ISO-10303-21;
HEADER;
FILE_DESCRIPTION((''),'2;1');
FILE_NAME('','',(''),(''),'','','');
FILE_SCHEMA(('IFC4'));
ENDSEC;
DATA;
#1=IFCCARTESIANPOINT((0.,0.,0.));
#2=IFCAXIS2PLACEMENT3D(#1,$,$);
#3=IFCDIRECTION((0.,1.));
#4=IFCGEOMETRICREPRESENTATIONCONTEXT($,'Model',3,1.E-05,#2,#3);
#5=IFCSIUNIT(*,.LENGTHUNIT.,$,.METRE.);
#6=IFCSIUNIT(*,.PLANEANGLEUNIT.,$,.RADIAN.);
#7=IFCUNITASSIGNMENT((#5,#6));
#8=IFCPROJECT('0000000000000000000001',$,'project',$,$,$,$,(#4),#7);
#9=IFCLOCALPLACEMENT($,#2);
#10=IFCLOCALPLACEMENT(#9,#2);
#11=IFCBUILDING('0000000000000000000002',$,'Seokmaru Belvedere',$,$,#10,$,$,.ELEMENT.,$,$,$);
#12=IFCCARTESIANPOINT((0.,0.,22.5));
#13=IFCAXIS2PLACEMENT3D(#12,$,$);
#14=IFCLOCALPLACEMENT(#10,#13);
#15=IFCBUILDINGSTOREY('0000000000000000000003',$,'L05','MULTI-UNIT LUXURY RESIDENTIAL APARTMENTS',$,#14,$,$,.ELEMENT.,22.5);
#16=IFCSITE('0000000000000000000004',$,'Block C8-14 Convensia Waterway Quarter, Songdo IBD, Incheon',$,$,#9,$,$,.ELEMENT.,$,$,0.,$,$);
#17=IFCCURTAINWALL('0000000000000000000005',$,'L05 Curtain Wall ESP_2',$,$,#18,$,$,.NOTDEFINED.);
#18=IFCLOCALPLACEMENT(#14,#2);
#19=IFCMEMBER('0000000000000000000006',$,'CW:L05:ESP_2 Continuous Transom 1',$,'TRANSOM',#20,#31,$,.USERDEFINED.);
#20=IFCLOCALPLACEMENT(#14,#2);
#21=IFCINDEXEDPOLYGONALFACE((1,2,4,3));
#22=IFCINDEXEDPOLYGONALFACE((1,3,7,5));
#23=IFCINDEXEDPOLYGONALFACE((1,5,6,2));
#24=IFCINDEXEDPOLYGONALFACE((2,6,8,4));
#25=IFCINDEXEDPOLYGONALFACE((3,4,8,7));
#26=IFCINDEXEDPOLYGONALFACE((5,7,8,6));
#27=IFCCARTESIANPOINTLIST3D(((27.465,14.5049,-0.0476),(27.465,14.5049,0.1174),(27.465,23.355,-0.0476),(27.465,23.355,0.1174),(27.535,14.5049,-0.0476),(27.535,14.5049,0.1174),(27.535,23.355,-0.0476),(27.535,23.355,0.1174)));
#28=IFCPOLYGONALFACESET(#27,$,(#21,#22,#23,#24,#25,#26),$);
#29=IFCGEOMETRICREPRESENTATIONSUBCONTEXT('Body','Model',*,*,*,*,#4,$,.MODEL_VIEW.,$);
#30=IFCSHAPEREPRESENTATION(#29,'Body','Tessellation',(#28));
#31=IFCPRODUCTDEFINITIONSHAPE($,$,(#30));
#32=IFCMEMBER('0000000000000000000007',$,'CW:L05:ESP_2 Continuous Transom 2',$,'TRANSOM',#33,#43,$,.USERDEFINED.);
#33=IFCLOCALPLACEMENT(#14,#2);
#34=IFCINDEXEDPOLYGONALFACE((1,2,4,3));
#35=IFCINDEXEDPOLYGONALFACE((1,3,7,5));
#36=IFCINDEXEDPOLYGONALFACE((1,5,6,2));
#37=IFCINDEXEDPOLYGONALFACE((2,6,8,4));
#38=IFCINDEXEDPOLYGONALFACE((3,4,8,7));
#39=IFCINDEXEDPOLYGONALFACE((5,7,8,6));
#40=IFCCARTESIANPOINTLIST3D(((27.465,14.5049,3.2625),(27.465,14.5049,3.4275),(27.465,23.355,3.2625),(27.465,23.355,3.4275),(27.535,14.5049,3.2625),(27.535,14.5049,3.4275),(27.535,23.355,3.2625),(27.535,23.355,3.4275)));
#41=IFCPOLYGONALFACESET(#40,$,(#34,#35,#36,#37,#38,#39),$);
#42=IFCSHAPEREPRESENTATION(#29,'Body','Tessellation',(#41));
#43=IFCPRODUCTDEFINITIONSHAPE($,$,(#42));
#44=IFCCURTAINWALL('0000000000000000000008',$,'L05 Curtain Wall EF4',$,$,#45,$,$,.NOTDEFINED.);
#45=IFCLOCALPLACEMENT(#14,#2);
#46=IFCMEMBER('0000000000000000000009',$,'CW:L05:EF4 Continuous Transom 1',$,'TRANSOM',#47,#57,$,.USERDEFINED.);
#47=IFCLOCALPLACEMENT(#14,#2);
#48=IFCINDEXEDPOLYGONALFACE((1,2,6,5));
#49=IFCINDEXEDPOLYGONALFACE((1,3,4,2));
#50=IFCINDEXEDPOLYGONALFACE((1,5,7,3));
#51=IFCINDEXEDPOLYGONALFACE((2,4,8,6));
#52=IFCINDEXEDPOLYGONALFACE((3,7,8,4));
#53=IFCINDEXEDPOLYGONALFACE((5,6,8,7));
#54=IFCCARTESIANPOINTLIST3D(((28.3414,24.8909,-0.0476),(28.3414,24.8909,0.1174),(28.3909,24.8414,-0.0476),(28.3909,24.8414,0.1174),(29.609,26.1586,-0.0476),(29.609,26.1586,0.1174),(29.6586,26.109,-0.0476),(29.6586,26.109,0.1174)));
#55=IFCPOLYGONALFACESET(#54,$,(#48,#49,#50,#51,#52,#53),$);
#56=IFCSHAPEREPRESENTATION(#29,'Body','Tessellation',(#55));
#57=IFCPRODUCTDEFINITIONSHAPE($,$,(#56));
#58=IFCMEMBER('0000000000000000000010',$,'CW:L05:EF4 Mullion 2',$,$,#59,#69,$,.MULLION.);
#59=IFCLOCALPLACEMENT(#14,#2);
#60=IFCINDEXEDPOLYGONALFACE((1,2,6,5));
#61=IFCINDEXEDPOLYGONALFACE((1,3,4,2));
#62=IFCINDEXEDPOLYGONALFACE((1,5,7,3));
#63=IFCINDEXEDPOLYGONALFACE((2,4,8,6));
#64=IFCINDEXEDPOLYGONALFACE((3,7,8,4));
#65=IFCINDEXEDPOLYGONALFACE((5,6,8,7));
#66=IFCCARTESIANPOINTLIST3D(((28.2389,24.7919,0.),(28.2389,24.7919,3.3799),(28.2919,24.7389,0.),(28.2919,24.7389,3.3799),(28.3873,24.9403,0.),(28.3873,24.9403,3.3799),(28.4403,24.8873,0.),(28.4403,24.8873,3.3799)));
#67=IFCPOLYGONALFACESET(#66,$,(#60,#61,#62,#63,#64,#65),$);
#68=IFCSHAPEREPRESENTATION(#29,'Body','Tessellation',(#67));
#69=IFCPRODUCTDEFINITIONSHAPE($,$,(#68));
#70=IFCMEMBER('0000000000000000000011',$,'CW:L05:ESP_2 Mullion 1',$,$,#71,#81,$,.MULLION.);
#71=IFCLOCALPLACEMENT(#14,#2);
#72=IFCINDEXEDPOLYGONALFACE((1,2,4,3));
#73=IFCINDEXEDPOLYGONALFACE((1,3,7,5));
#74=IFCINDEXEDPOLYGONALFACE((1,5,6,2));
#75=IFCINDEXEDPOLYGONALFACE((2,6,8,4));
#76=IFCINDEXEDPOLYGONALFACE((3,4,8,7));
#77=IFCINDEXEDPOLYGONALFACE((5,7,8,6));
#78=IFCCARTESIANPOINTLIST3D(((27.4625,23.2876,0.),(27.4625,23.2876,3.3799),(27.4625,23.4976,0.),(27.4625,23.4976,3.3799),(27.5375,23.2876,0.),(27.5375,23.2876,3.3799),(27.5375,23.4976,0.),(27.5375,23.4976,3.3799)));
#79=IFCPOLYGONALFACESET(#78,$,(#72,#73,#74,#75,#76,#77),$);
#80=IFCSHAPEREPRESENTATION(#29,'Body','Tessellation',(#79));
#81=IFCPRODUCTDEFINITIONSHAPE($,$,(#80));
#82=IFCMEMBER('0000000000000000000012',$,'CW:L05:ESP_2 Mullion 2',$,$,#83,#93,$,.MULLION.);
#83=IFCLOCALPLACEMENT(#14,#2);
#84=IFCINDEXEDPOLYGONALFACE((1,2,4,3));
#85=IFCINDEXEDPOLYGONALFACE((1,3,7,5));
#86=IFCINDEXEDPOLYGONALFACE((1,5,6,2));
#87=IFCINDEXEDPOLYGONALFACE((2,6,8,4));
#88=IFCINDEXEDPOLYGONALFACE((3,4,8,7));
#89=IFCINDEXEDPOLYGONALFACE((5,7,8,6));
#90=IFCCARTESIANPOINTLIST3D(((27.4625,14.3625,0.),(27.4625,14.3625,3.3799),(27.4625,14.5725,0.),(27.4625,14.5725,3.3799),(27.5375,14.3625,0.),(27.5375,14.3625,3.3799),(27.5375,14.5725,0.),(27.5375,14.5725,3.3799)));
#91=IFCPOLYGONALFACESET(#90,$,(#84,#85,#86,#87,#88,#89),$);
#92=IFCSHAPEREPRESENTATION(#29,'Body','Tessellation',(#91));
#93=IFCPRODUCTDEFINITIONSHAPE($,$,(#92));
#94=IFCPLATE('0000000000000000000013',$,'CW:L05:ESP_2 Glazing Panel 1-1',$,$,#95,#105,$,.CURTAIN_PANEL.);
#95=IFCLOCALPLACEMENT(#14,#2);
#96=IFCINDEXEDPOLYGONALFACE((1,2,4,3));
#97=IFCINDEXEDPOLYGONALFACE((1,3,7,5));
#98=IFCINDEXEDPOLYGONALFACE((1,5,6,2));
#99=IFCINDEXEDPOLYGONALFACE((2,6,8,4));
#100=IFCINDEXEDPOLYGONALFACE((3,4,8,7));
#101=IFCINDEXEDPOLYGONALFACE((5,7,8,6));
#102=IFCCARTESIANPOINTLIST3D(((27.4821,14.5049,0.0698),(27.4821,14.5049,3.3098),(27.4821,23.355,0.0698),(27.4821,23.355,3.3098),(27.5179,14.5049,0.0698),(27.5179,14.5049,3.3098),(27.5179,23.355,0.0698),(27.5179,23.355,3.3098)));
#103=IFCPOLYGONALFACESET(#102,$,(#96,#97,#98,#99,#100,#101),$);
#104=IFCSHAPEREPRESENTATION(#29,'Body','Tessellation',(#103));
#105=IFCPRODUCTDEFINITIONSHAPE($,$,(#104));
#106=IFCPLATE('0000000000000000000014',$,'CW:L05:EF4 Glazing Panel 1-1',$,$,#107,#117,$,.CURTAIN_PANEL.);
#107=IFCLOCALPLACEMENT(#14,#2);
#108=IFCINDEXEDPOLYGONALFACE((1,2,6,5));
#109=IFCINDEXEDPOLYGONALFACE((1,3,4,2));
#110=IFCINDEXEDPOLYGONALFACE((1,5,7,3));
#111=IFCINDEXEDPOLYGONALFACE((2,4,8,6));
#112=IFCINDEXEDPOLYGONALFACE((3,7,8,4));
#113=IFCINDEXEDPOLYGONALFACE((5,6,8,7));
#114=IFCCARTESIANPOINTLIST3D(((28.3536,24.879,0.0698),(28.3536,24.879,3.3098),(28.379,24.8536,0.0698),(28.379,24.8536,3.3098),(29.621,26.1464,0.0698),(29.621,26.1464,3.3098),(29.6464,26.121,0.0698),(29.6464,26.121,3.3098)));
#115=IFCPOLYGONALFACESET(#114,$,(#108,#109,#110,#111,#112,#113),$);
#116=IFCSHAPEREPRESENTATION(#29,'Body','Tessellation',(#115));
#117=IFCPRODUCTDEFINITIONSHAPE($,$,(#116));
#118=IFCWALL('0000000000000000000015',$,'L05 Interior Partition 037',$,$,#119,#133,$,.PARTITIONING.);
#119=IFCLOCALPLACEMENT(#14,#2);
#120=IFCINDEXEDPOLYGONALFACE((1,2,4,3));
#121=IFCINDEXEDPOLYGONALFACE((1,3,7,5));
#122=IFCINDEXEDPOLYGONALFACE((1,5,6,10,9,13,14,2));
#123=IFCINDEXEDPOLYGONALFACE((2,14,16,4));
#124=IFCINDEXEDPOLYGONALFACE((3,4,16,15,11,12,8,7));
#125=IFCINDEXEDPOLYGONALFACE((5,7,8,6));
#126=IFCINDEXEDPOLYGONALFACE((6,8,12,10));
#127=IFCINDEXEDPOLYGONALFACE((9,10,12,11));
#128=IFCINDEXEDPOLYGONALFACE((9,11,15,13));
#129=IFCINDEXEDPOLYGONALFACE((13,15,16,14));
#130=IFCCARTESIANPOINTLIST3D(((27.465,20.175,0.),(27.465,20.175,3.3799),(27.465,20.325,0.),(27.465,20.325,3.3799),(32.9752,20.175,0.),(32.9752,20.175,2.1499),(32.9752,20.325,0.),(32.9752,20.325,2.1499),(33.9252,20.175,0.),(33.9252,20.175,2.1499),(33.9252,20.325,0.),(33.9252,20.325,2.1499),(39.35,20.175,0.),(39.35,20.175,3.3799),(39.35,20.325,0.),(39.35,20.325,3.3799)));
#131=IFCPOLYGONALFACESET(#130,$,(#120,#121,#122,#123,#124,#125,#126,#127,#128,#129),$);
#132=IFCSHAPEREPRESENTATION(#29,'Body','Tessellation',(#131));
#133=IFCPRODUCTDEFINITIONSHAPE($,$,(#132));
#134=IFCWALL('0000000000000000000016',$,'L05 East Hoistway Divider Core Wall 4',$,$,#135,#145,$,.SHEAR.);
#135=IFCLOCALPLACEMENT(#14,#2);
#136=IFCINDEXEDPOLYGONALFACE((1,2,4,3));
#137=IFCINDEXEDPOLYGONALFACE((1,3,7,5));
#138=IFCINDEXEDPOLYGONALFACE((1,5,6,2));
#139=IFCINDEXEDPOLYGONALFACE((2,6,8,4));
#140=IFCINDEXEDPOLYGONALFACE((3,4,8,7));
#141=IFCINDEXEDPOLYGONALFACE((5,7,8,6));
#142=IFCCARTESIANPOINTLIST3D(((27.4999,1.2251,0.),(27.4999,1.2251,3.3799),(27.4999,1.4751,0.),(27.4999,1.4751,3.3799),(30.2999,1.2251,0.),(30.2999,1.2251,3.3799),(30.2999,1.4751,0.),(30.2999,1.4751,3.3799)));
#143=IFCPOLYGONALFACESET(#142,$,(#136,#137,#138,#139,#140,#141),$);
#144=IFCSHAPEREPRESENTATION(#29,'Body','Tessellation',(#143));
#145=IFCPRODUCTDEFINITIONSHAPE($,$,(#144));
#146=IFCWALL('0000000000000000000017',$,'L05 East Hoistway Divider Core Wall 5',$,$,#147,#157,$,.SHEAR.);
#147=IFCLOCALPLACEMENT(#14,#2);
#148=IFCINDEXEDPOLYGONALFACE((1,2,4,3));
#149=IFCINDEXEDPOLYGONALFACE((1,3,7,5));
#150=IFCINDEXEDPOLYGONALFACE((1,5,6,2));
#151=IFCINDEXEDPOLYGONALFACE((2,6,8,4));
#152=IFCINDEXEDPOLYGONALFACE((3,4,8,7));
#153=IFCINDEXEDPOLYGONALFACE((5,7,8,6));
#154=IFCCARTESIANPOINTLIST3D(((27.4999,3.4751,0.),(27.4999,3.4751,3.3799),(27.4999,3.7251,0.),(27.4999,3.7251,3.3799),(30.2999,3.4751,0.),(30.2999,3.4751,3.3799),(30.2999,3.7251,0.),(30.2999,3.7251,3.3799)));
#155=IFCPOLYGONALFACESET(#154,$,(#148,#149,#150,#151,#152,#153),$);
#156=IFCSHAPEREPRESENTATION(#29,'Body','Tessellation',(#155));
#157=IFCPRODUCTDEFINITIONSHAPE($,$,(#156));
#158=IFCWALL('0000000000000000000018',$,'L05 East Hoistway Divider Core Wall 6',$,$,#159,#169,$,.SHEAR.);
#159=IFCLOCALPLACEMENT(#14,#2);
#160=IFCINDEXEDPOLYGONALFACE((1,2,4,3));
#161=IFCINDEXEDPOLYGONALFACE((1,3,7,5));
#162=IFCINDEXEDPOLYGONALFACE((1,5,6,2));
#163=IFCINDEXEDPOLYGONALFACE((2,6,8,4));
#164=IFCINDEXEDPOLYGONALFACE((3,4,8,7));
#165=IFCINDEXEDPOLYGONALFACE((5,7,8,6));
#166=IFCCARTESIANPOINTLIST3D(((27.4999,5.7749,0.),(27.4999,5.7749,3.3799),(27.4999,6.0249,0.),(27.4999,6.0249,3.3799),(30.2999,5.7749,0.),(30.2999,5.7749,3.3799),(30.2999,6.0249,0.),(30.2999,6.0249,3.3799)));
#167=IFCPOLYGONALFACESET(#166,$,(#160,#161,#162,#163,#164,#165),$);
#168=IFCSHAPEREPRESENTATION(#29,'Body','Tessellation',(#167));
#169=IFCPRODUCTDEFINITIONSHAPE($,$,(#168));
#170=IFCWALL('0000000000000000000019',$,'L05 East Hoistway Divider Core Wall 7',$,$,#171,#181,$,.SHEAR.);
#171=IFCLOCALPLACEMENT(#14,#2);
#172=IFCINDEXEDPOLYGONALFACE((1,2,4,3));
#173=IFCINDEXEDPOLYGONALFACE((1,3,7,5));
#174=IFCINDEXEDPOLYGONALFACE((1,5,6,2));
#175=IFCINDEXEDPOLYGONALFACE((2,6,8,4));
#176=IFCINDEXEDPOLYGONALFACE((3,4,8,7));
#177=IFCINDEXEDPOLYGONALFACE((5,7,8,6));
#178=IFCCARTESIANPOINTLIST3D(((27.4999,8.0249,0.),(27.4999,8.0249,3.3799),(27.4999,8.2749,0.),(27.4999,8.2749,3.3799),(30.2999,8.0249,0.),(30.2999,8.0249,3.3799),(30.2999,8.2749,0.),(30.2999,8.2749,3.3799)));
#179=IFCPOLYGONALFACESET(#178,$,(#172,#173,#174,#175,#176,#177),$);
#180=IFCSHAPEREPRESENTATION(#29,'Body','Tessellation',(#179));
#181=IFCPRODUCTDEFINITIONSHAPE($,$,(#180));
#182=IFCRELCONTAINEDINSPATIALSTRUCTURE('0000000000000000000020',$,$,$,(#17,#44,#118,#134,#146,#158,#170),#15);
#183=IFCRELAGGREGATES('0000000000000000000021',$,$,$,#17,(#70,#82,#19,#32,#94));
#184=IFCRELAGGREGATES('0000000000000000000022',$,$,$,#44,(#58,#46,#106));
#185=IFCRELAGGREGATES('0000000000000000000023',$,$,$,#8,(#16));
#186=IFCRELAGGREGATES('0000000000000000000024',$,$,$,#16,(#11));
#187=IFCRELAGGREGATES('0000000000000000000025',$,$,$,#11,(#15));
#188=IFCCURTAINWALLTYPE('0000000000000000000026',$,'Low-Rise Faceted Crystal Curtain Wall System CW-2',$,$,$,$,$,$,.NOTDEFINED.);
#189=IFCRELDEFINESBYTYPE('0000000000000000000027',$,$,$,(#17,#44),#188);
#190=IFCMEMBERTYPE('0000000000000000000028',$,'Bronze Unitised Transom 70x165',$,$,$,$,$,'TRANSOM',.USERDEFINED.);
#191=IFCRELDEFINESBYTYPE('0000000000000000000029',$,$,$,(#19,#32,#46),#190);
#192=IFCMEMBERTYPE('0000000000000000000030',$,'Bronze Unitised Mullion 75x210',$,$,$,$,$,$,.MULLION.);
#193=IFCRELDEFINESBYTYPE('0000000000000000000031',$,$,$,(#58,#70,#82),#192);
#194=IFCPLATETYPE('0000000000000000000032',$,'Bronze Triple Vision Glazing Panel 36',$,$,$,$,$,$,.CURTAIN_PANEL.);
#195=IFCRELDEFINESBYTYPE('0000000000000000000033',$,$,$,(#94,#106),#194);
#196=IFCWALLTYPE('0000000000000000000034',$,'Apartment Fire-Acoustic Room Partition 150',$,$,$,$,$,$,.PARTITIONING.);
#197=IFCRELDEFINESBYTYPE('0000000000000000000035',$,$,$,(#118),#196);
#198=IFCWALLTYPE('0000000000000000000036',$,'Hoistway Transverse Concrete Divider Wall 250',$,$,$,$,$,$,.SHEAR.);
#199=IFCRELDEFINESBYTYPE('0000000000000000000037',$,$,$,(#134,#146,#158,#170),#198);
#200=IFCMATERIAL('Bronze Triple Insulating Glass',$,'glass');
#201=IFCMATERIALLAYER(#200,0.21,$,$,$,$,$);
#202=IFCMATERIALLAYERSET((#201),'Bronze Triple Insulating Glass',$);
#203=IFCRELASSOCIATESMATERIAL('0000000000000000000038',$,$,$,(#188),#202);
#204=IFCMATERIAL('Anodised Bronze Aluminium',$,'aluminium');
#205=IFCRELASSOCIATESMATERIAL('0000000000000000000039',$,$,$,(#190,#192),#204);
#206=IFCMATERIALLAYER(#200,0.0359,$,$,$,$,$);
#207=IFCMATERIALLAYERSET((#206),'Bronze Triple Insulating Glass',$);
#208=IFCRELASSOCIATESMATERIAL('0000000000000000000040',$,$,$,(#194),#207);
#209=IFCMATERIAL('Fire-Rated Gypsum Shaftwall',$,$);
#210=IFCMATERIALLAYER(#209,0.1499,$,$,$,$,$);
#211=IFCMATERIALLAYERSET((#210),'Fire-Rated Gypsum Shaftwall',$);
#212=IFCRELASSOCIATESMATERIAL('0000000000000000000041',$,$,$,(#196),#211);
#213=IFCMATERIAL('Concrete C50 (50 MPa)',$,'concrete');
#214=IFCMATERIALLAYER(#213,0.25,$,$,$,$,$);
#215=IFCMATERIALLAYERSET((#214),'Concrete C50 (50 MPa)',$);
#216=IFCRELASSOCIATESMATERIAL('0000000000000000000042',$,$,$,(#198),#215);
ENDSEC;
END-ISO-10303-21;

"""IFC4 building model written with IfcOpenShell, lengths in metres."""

from ifc_helpers import new_model, si_unit, direction, frame, frame_2d, origin, origin_2d, place, context, subcontext, project, spatial, rectangle, extrude, source, transform, mapped, material, layer, layer_set, material_profile, profile_set, type_object, type_shapes, element, aggregate, save


model = new_model("IFC4")

# Units and contexts
model_context = context("Model", 3, precision=1e-05, world=origin(), true_north=direction((0.0, 1.0)))
body_context = subcontext(model_context, "Body", "Model", "MODEL_VIEW")
ifc_project = project(units=[si_unit("LENGTHUNIT", "METRE"), si_unit("PLANEANGLEUNIT", "RADIAN")], contexts=[model_context])

# Site, building, storey
site_placement = place(None, origin())
site = spatial("IfcSite", under=ifc_project, at=site_placement, Name="Block C8-14 Convensia Waterway Quarter, Songdo IBD, Incheon", CompositionType="ELEMENT", RefElevation=0.0)
building_placement = place(site_placement, origin())
building = spatial("IfcBuilding", under=site, at=building_placement, Name="Seokmaru Belvedere", CompositionType="ELEMENT")
storey_placement = place(building_placement, frame((0.0, 0.0, 22.5)))
storey = spatial("IfcBuildingStorey", under=building, at=storey_placement, Name="L05", Description="MULTI-UNIT LUXURY RESIDENTIAL APARTMENTS", CompositionType="ELEMENT", Elevation=22.5)

# Curtain walls, members
ifc_material_1 = material(Name="Bronze Triple Insulating Glass", Category="glass")
ifc_layer_1 = layer(ifc_material_1, 0.21)
ifc_layer_set_1 = layer_set([ifc_layer_1], Name="Bronze Triple Insulating Glass")
curtain_wall_type = type_object("IfcCurtainWallType", Name="Low-Rise Faceted Crystal Curtain Wall System CW-2", PredefinedType="NOTDEFINED", material=ifc_layer_set_1)
curtain_wall_1_placement = place(storey_placement, origin())
curtain_wall_1 = element("IfcCurtainWall", 1, at=curtain_wall_1_placement, inside=storey, type_object=curtain_wall_type, Name="L05 Curtain Wall ESP_2", PredefinedType="NOTDEFINED")
ifc_material_2 = material(Name="Anodised Bronze Aluminium", Category="aluminium")
ifc_material_profile_1 = material_profile(ifc_material_2, rectangle(XDim=0.0701, YDim=0.165, at=origin_2d()), Name="CW-T-70x165")
ifc_profile_set_1 = profile_set([ifc_material_profile_1], Name="Anodised Bronze Aluminium")
member_type_1 = type_object("IfcMemberType", Name="Bronze Unitised Transom 70x165", ElementType="TRANSOM", PredefinedType="USERDEFINED", material=ifc_profile_set_1)
shared_shape_1 = source(origin(), body_context, "Body", "SweptSolid", [
    extrude(rectangle(XDim=0.0701, YDim=0.165, at=origin_2d()), origin(), (0.0, 0.0, 1.0), 8.8501),
])
member_1_placement = place(storey_placement, frame((27.5, 23.355, 0.0349), z_axis=(0.0, -1.0, 0.0), x_axis=(1.0, 0.0, 0.0)))
member_1 = element("IfcMember", 2, at=member_1_placement, type_object=member_type_1, Name="CW:L05:ESP_2 Continuous Transom 1", ObjectType="TRANSOM", PredefinedType="USERDEFINED", context=body_context, shape_type="MappedRepresentation", body=[
    mapped(shared_shape_1, transform((0.0, 0.0, 0.0), scale=1.0)),
])
member_2_placement = place(storey_placement, frame((27.5, 23.355, 3.345), z_axis=(0.0, -1.0, 0.0), x_axis=(1.0, 0.0, 0.0)))
member_2 = element("IfcMember", 3, at=member_2_placement, type_object=member_type_1, Name="CW:L05:ESP_2 Continuous Transom 2", ObjectType="TRANSOM", PredefinedType="USERDEFINED", context=body_context, shape_type="MappedRepresentation", body=[
    mapped(shared_shape_1, transform((0.0, 0.0, 0.0), scale=1.0)),
])
curtain_wall_2_placement = place(storey_placement, origin())
curtain_wall_2 = element("IfcCurtainWall", 4, at=curtain_wall_2_placement, inside=storey, type_object=curtain_wall_type, Name="L05 Curtain Wall EF4", PredefinedType="NOTDEFINED")
shared_shape_2 = source(origin(), body_context, "Body", "SweptSolid", [
    extrude(rectangle(XDim=0.0701, YDim=0.165, at=origin_2d()), origin(), (0.0, 0.0, 1.0), 1.7927),
])
type_shapes(member_type_1, [shared_shape_1, shared_shape_2])
member_3_placement = place(storey_placement, frame((29.6338, 26.1338, 0.0349), z_axis=(-0.707107, -0.707107, 0.0), x_axis=(0.707107, -0.707107, 0.0)))
member_3 = element("IfcMember", 5, at=member_3_placement, type_object=member_type_1, Name="CW:L05:EF4 Continuous Transom 1", ObjectType="TRANSOM", PredefinedType="USERDEFINED", context=body_context, shape_type="MappedRepresentation", body=[
    mapped(shared_shape_2, transform((0.0, 0.0, 0.0), scale=1.0)),
])
ifc_material_profile_2 = material_profile(ifc_material_2, rectangle(XDim=0.075, YDim=0.21, at=origin_2d()), Name="CW-M-75x210")
ifc_profile_set_2 = profile_set([ifc_material_profile_2], Name="Anodised Bronze Aluminium")
member_type_2 = type_object("IfcMemberType", Name="Bronze Unitised Mullion 75x210", PredefinedType="MULLION", material=ifc_profile_set_2)
shared_shape_3 = source(origin(), body_context, "Body", "SweptSolid", [
    extrude(rectangle(XDim=0.075, YDim=0.21, at=origin_2d()), origin(), (0.0, 0.0, 1.0), 3.3799),
])
type_shapes(member_type_2, [shared_shape_3])
member_4_placement = place(storey_placement, frame((28.3396, 24.8396, 0.0), z_axis=(0.0, 0.0, 1.0), x_axis=(0.707107, -0.707107, 0.0)))
member_4 = element("IfcMember", 6, at=member_4_placement, type_object=member_type_2, Name="CW:L05:EF4 Mullion 2", PredefinedType="MULLION", context=body_context, shape_type="MappedRepresentation", body=[
    mapped(shared_shape_3, transform((0.0, 0.0, 0.0), scale=1.0)),
])

# Members
member_5_placement = place(storey_placement, frame((27.5, 23.3926, 0.0), z_axis=(0.0, 0.0, 1.0), x_axis=(1.0, 0.0, 0.0)))
member_5 = element("IfcMember", 7, at=member_5_placement, type_object=member_type_2, Name="CW:L05:ESP_2 Mullion 1", PredefinedType="MULLION", context=body_context, shape_type="MappedRepresentation", body=[
    mapped(shared_shape_3, transform((0.0, 0.0, 0.0), scale=1.0)),
])
member_6_placement = place(storey_placement, frame((27.5, 14.4675, 0.0), z_axis=(0.0, 0.0, 1.0), x_axis=(1.0, 0.0, 0.0)))
member_6 = element("IfcMember", 8, at=member_6_placement, type_object=member_type_2, Name="CW:L05:ESP_2 Mullion 2", PredefinedType="MULLION", context=body_context, shape_type="MappedRepresentation", body=[
    mapped(shared_shape_3, transform((0.0, 0.0, 0.0), scale=1.0)),
])

# Plates
ifc_layer_2 = layer(ifc_material_1, 0.0359)
ifc_layer_set_2 = layer_set([ifc_layer_2], Name="Bronze Triple Insulating Glass")
plate_type = type_object("IfcPlateType", Name="Bronze Triple Vision Glazing Panel 36", PredefinedType="CURTAIN_PANEL", material=ifc_layer_set_2)
shared_shape_4 = source(origin(), body_context, "Body", "SweptSolid", [
    extrude(rectangle(XDim=8.8501, YDim=0.0359, at=origin_2d()), origin(), (0.0, 0.0, 1.0), 3.24),
])
plate_1_placement = place(storey_placement, frame((27.5, 18.9299, 0.0698), z_axis=(0.0, 0.0, 1.0), x_axis=(0.0, -1.0, 0.0)))
plate_1 = element("IfcPlate", 9, at=plate_1_placement, type_object=plate_type, Name="CW:L05:ESP_2 Glazing Panel 1-1", PredefinedType="CURTAIN_PANEL", context=body_context, shape_type="MappedRepresentation", body=[
    mapped(shared_shape_4, transform((0.0, 0.0, 0.0), scale=1.0)),
])
aggregate(curtain_wall_1, [member_5, member_6, member_1, member_2, plate_1])
shared_shape_5 = source(origin(), body_context, "Body", "SweptSolid", [
    extrude(rectangle(XDim=1.7925, YDim=0.0359, at=origin_2d()), origin(), (0.0, 0.0, 1.0), 3.24),
])
type_shapes(plate_type, [shared_shape_4, shared_shape_5])
plate_2_placement = place(storey_placement, frame((29.0, 25.5, 0.0698), z_axis=(0.0, 0.0, 1.0), x_axis=(-0.707107, -0.707107, 0.0)))
plate_2 = element("IfcPlate", 10, at=plate_2_placement, type_object=plate_type, Name="CW:L05:EF4 Glazing Panel 1-1", PredefinedType="CURTAIN_PANEL", context=body_context, shape_type="MappedRepresentation", body=[
    mapped(shared_shape_5, transform((0.0, 0.0, 0.0), scale=1.0)),
])
aggregate(curtain_wall_2, [member_4, member_3, plate_2])

# Wall, opening
ifc_material_3 = material(Name="Fire-Rated Gypsum Shaftwall")
ifc_layer_3 = layer(ifc_material_3, 0.1499)
ifc_layer_set_3 = layer_set([ifc_layer_3], Name="Fire-Rated Gypsum Shaftwall")
wall_type_1 = type_object("IfcWallType", Name="Apartment Fire-Acoustic Room Partition 150", PredefinedType="PARTITIONING", material=ifc_layer_set_3)
wall_1_placement = place(storey_placement, frame((27.4651, 20.25, 0.0), z_axis=(0.0, 0.0, 1.0), x_axis=(1.0, 0.0, 0.0)))
wall_1 = element("IfcWall", 11, at=wall_1_placement, inside=storey, type_object=wall_type_1, Name="L05 Interior Partition 037", PredefinedType="PARTITIONING", context=body_context, shape_type="SweptSolid", body=[
    extrude(rectangle(XDim=11.885, YDim=0.1499, at=frame_2d((5.9424, 0.0))), origin(), (0.0, 0.0, 1.0), 3.3799),
])
opening_1_placement = place(wall_1_placement, frame((5.51, 0.0, 0.0)))
element("IfcOpeningElement", 12, at=opening_1_placement, cuts=wall_1, PredefinedType="OPENING", context=body_context, shape_type="SweptSolid", body=[
    extrude(rectangle(XDim=0.95, YDim=2.1499, at=frame_2d((0.4751, 1.075))), frame((0.0, 0.085, 0.0), z_axis=(0.0, -1.0, 0.0), x_axis=(1.0, 0.0, 0.0)), (0.0, 0.0, 1.0), 0.1699),
])

# Walls
ifc_material_4 = material(Name="Concrete C50 (50 MPa)", Category="concrete")
ifc_layer_4 = layer(ifc_material_4, 0.25)
ifc_layer_set_4 = layer_set([ifc_layer_4], Name="Concrete C50 (50 MPa)")
wall_type_2 = type_object("IfcWallType", Name="Hoistway Transverse Concrete Divider Wall 250", PredefinedType="SHEAR", material=ifc_layer_set_4)
for number, where, z_axis, x_axis, name in (
    (13, (27.5, 1.3501, 0.0), (0.0, 0.0, 1.0), (1.0, 0.0, 0.0), "L05 East Hoistway Divider Core Wall 4"),
    (14, (27.5, 3.6001, 0.0), (0.0, 0.0, 1.0), (1.0, 0.0, 0.0), "L05 East Hoistway Divider Core Wall 5"),
    (15, (27.5, 5.8999, 0.0), (0.0, 0.0, 1.0), (1.0, 0.0, 0.0), "L05 East Hoistway Divider Core Wall 6"),
    (16, (27.5, 8.1499, 0.0), (0.0, 0.0, 1.0), (1.0, 0.0, 0.0), "L05 East Hoistway Divider Core Wall 7"),
):
    element("IfcWall", number, at=place(storey_placement, frame(where, z_axis=z_axis, x_axis=x_axis)), inside=storey, type_object=wall_type_2, Name=name, PredefinedType="SHEAR", context=body_context, shape_type="SweptSolid", body=[
        extrude(rectangle(XDim=2.8, YDim=0.25, at=frame_2d((1.3999, 0.0))), origin(), (0.0, 0.0, 1.0), 3.3799),
    ])

save(model, "model.ifc")
